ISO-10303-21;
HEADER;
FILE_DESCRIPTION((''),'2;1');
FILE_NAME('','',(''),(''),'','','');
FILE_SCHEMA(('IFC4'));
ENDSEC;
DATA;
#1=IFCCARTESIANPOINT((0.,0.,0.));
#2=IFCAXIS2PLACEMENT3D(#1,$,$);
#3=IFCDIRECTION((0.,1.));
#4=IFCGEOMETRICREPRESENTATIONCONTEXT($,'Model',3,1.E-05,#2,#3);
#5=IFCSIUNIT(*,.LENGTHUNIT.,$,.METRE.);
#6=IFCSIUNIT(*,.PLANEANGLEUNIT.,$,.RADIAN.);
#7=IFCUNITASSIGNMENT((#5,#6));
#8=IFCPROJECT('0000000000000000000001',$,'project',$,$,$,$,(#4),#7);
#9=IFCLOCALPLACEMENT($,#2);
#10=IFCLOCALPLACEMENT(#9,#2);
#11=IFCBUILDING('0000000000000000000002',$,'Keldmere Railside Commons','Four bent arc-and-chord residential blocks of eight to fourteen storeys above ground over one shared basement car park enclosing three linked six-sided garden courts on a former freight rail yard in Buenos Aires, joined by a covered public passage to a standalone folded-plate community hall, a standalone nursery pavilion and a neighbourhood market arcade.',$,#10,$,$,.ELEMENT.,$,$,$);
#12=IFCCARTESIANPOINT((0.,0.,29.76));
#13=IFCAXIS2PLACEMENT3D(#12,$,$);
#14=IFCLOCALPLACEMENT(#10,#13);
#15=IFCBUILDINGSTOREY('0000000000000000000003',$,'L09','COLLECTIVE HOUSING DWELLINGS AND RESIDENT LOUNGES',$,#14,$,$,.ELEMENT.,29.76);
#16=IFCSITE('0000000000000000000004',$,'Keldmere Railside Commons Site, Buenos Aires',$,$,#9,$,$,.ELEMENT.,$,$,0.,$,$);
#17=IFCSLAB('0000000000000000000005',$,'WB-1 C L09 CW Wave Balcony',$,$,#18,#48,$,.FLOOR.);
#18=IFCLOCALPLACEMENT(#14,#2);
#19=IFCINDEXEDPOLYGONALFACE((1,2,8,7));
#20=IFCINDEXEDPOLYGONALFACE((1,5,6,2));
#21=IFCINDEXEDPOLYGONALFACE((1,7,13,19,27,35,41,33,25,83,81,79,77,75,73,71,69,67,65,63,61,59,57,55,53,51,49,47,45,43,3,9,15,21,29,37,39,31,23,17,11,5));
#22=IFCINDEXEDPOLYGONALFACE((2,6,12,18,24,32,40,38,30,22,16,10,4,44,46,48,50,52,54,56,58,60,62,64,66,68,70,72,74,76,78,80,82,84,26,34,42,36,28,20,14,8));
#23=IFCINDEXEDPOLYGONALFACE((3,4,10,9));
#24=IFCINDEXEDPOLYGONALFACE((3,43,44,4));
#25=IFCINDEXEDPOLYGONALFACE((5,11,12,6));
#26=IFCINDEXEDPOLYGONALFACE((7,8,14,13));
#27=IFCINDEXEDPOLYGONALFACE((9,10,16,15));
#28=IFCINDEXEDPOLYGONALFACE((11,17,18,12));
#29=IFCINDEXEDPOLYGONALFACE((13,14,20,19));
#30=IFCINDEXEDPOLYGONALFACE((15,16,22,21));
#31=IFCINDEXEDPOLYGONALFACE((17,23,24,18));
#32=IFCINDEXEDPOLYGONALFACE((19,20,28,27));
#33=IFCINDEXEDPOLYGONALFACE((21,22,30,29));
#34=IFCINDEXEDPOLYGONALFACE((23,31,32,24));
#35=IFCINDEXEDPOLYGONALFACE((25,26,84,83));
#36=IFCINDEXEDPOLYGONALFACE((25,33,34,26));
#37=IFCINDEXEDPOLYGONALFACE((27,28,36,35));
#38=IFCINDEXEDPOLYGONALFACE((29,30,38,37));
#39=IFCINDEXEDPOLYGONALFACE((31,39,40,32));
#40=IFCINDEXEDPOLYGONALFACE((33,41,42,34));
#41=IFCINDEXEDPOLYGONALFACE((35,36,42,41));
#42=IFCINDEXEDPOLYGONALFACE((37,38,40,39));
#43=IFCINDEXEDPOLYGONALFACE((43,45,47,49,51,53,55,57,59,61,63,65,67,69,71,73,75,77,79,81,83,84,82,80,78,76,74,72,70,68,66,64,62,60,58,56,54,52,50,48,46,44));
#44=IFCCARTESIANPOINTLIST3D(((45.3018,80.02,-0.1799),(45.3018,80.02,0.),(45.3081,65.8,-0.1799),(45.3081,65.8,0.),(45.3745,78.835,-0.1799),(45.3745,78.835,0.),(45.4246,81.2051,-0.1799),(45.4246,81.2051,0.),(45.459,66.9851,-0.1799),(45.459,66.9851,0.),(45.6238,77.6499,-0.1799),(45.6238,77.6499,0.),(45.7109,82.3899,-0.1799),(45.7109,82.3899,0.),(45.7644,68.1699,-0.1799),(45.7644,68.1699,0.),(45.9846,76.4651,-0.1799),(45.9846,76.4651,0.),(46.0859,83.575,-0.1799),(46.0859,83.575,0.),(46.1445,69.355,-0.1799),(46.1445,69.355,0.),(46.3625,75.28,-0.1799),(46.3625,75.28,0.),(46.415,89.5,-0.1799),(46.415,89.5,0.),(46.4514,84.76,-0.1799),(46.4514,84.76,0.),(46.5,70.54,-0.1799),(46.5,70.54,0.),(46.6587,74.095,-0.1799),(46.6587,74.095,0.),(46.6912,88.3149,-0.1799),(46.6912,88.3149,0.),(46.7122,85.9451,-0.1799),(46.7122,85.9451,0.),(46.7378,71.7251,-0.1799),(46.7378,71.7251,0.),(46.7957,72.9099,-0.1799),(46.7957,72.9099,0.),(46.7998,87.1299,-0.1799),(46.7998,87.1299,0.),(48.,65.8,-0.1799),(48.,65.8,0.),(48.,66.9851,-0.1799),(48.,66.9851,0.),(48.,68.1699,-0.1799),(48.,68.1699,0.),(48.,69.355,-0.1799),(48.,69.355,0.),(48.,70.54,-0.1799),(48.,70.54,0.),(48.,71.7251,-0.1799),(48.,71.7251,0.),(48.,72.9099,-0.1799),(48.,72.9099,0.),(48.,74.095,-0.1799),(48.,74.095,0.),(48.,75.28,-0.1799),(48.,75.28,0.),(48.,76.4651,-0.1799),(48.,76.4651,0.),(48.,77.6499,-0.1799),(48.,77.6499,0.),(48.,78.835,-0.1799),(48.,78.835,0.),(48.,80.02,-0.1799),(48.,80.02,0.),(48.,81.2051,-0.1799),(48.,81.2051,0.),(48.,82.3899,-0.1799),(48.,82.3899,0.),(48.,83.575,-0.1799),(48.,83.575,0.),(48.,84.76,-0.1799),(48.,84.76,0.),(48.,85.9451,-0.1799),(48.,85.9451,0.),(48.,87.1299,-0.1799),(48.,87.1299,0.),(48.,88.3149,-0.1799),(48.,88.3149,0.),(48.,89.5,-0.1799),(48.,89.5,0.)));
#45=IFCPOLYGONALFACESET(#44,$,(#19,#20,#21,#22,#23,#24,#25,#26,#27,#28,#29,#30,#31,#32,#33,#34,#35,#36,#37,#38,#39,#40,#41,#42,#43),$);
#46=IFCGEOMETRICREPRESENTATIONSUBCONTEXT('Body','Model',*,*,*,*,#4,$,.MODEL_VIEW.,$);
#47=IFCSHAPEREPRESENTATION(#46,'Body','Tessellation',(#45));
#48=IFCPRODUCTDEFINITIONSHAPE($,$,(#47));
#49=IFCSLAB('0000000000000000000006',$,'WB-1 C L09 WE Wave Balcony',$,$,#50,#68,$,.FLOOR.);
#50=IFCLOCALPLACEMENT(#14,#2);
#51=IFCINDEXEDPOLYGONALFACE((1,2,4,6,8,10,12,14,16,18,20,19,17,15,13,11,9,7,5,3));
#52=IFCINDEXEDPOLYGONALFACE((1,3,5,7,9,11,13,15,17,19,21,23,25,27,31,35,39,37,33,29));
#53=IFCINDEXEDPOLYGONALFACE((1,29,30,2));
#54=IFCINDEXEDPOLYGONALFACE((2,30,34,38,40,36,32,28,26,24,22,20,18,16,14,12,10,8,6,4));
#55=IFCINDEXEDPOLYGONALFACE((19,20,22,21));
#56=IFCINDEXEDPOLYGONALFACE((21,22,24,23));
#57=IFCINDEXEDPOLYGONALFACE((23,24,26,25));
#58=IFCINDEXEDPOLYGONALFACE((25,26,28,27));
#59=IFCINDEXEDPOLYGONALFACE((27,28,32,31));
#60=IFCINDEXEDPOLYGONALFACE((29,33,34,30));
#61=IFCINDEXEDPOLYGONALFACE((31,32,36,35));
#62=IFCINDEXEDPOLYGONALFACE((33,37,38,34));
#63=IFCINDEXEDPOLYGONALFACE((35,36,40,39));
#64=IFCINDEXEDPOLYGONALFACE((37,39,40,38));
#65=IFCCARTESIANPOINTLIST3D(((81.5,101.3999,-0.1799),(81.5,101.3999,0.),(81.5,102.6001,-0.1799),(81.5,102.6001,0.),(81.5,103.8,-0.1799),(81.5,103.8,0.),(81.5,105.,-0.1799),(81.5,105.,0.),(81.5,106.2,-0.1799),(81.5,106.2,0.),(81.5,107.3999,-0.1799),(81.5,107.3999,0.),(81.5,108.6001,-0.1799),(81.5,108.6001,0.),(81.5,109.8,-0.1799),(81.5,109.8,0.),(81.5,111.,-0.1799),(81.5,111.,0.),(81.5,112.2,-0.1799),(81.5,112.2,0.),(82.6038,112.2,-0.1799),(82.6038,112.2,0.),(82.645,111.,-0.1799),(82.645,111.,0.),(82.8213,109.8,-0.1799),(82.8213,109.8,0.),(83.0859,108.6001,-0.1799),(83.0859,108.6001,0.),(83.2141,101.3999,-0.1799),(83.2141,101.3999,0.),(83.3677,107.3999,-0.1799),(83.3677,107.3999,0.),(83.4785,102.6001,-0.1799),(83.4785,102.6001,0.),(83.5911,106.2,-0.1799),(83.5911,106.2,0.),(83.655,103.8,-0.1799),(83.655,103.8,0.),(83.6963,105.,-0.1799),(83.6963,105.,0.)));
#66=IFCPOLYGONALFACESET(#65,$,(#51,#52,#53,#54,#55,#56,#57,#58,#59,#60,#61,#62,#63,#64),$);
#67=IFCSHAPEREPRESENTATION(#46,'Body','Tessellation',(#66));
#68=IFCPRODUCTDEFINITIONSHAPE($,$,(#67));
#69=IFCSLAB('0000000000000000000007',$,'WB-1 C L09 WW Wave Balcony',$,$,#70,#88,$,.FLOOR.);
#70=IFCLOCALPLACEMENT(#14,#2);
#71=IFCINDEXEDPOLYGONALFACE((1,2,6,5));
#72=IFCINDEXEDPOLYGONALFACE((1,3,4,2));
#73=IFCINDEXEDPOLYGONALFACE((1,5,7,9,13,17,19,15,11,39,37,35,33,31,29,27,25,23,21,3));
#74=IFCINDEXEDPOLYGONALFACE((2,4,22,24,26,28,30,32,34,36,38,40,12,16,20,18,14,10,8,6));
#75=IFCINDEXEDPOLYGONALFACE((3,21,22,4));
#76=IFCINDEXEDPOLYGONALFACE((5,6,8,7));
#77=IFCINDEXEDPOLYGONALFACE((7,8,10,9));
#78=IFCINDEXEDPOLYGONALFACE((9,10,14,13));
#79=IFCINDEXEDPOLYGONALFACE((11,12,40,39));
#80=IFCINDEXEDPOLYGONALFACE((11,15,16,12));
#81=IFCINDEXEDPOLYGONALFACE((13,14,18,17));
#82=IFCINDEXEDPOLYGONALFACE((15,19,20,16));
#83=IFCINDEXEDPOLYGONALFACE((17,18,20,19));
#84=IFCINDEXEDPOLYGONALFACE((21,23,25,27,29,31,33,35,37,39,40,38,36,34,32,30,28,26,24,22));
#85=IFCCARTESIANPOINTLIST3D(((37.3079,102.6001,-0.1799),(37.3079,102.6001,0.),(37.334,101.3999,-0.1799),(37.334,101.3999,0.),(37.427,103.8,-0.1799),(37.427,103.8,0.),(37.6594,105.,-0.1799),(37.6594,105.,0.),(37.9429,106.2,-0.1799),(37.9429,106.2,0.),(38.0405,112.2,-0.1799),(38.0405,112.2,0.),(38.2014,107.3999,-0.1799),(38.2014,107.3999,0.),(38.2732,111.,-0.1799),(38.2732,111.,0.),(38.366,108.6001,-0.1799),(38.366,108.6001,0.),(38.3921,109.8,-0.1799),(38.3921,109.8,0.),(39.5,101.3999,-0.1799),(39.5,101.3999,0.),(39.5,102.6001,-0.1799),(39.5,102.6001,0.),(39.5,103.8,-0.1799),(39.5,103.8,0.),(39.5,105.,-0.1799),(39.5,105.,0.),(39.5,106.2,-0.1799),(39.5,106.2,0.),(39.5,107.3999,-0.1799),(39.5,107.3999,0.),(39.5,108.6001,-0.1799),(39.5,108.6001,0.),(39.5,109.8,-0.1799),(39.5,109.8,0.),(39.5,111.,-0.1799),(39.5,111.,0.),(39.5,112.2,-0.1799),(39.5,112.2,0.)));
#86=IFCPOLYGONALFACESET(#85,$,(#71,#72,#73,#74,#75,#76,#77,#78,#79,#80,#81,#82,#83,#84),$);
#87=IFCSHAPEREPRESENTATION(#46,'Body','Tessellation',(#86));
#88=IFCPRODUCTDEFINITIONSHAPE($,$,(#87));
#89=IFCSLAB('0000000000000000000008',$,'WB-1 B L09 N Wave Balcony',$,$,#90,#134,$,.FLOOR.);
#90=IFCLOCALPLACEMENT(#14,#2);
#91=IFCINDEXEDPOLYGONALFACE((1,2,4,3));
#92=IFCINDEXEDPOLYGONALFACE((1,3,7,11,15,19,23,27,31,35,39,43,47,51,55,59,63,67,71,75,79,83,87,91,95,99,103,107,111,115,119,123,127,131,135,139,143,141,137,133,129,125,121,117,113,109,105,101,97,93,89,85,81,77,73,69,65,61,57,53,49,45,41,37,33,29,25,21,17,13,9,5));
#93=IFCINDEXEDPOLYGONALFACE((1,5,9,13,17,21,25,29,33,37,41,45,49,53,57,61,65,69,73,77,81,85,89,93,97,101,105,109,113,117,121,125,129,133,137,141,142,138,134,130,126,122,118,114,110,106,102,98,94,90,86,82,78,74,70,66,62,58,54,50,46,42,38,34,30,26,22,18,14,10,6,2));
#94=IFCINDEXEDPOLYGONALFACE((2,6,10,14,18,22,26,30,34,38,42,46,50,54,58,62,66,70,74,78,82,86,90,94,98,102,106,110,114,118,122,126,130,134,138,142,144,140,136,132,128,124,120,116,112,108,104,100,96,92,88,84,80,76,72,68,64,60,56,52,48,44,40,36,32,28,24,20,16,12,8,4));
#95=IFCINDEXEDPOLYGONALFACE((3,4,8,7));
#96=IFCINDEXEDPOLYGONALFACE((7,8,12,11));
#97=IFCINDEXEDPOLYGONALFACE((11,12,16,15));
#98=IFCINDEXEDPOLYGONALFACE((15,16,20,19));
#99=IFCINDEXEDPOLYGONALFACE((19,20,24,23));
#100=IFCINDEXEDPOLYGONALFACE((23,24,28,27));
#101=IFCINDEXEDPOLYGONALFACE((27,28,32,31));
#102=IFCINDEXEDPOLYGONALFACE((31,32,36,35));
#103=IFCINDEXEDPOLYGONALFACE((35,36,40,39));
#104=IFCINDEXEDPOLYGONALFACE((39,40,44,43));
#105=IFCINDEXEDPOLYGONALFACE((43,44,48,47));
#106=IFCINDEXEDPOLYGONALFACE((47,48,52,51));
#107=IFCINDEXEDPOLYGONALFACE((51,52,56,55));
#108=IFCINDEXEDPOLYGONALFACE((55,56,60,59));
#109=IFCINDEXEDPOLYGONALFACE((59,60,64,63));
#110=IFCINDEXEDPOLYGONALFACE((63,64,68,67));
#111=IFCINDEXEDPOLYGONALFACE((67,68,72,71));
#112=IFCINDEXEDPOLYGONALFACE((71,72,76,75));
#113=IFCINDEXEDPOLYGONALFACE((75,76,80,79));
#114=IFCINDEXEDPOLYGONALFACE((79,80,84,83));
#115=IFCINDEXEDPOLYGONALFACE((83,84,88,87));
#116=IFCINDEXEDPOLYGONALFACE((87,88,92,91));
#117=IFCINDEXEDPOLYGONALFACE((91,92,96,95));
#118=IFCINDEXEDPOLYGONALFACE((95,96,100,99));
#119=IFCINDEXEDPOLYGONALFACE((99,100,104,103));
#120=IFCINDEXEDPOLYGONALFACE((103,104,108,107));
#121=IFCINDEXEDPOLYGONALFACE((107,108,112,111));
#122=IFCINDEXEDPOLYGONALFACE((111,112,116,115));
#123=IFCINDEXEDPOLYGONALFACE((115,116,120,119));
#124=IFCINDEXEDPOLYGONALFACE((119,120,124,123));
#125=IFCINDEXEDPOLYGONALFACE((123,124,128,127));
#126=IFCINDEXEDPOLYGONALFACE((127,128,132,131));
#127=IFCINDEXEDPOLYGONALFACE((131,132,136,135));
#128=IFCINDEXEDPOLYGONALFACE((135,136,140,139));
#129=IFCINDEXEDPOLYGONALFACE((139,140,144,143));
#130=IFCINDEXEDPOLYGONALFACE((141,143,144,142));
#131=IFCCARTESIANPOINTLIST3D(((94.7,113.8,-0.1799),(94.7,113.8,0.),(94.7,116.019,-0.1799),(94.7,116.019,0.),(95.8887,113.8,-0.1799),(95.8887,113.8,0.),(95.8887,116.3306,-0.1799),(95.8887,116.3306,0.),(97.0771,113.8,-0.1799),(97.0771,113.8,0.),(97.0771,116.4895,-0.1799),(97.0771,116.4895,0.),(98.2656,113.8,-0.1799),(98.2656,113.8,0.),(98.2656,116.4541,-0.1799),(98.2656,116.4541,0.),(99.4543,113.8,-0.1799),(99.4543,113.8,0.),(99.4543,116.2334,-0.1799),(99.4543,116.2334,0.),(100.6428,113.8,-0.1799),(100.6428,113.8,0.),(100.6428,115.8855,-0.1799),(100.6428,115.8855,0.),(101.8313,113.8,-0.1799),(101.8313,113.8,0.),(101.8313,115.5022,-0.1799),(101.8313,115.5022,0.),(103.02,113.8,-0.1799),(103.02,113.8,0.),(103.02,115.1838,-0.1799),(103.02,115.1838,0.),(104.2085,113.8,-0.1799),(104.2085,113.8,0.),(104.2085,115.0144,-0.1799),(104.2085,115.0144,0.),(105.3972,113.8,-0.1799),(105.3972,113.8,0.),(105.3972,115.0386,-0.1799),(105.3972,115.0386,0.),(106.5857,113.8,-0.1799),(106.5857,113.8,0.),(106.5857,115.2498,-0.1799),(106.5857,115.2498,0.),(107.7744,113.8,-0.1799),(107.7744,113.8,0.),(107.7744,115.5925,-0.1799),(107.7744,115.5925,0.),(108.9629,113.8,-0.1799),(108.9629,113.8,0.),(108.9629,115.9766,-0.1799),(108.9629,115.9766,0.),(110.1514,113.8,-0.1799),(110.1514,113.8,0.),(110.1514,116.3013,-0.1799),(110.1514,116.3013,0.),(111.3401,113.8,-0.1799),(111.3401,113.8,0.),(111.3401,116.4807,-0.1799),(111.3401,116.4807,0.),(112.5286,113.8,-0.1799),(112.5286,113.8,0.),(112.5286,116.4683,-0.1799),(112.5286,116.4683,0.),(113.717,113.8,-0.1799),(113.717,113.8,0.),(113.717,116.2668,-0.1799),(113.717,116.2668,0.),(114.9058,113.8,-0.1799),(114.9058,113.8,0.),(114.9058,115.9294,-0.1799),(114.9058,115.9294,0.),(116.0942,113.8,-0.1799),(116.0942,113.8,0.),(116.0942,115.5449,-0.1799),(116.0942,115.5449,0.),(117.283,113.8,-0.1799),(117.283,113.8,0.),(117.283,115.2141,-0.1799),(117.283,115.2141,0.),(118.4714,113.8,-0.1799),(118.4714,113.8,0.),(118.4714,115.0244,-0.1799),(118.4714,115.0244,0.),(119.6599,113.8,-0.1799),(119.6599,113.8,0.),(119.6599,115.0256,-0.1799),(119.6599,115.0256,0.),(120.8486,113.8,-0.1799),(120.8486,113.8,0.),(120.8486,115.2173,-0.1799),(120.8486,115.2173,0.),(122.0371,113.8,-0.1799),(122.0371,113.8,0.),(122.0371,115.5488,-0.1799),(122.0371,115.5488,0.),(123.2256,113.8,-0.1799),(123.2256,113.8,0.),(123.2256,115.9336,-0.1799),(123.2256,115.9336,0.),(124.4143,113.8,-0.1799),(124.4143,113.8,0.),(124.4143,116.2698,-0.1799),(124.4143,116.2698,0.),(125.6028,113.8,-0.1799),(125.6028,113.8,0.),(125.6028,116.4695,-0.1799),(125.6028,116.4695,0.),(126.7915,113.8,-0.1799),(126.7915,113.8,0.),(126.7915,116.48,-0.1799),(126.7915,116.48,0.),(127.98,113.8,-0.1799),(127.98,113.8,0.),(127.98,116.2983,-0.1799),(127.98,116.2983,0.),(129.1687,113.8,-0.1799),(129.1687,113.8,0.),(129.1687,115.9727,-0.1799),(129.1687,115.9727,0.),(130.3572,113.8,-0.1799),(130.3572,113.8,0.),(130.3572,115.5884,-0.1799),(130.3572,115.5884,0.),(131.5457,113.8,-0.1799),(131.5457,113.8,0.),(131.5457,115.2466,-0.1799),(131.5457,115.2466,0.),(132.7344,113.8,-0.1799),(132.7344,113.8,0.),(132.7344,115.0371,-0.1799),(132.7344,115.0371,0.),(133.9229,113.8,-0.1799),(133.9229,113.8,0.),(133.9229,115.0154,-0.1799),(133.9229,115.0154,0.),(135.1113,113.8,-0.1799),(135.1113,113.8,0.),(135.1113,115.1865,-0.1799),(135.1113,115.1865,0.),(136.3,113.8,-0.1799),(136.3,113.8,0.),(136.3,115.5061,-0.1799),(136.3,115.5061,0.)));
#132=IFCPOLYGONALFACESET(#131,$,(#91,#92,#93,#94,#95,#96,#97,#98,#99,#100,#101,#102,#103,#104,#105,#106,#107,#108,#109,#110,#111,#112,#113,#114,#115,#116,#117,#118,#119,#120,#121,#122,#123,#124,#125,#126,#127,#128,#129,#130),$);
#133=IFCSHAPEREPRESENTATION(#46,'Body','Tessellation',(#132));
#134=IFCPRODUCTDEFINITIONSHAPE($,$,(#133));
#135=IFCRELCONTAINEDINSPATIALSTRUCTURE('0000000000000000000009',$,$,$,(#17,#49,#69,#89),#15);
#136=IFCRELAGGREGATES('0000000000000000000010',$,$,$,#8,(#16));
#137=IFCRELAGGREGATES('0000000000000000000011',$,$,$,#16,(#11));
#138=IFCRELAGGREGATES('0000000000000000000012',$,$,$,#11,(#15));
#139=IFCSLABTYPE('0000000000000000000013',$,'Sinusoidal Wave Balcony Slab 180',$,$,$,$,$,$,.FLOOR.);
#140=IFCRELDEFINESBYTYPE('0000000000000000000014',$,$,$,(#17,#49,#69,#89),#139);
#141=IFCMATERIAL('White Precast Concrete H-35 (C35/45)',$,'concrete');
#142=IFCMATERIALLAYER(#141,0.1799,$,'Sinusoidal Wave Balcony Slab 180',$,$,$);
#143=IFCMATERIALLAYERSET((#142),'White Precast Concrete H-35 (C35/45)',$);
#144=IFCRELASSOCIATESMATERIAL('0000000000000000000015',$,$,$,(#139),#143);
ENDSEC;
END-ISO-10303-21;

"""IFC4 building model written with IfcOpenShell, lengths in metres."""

from ifc_helpers import new_model, si_unit, direction, frame, origin, place, context, subcontext, project, spatial, polyline, outline, extrude, material, layer, layer_set, type_object, element, save


model = new_model("IFC4")

# Units and contexts
model_context = context("Model", 3, precision=1e-05, world=origin(), true_north=direction((0.0, 1.0)))
body_context = subcontext(model_context, "Body", "Model", "MODEL_VIEW")
ifc_project = project(units=[si_unit("LENGTHUNIT", "METRE"), si_unit("PLANEANGLEUNIT", "RADIAN")], contexts=[model_context])

# Site, building, storey
site_placement = place(None, origin())
site = spatial("IfcSite", under=ifc_project, at=site_placement, Name="Keldmere Railside Commons Site, Buenos Aires", CompositionType="ELEMENT", RefElevation=0.0)
building_placement = place(site_placement, origin())
building = spatial("IfcBuilding", under=site, at=building_placement, Name="Keldmere Railside Commons", Description="Four bent arc-and-chord residential blocks of eight to fourteen storeys above ground over one shared basement car park enclosing three linked six-sided garden courts on a former freight rail yard in Buenos Aires, joined by a covered public passage to a standalone folded-plate community hall, a standalone nursery pavilion and a neighbourhood market arcade.", CompositionType="ELEMENT")
storey_placement = place(building_placement, frame((0.0, 0.0, 29.76)))
storey = spatial("IfcBuildingStorey", under=building, at=storey_placement, Name="L09", Description="COLLECTIVE HOUSING DWELLINGS AND RESIDENT LOUNGES", CompositionType="ELEMENT", Elevation=29.76)

# Slabs
ifc_material_1 = material(Name="White Precast Concrete H-35 (C35/45)", Category="concrete")
ifc_layer_1 = layer(ifc_material_1, 0.1799, Name="Sinusoidal Wave Balcony Slab 180")
ifc_layer_set_1 = layer_set([ifc_layer_1], Name="White Precast Concrete H-35 (C35/45)")
slab_type_1 = type_object("IfcSlabType", Name="Sinusoidal Wave Balcony Slab 180", PredefinedType="FLOOR", material=ifc_layer_set_1)
slab_1_placement = place(storey_placement, frame((0.0, 0.0, -0.1799)))
element("IfcSlab", 1, at=slab_1_placement, inside=storey, type_object=slab_type_1, Name="WB-1 C L09 CW Wave Balcony", PredefinedType="FLOOR", context=body_context, shape_type="SweptSolid", body=[
    extrude(outline(polyline([(48.0, 65.8), (48.0, 66.9851), (48.0, 68.1699), (48.0, 69.355), (48.0, 70.54), (48.0, 71.7251), (48.0, 72.9099), (48.0, 74.095), (48.0, 75.28), (48.0, 76.4651), (48.0, 77.6499), (48.0, 78.835), (48.0, 80.02), (48.0, 81.2051), (48.0, 82.3899), (48.0, 83.575), (48.0, 84.76), (48.0, 85.9451), (48.0, 87.1299), (48.0, 88.3149), (48.0, 89.5), (46.415, 89.5), (46.6912, 88.3149), (46.7998, 87.1299), (46.7122, 85.9451), (46.4514, 84.76), (46.0859, 83.575), (45.7109, 82.3899), (45.4246, 81.2051), (45.3018, 80.02), (45.3745, 78.835), (45.6238, 77.6499), (45.9846, 76.4651), (46.3625, 75.28), (46.6587, 74.095), (46.7957, 72.9099), (46.7378, 71.7251), (46.5, 70.54), (46.1445, 69.355), (45.7644, 68.1699), (45.459, 66.9851), (45.3081, 65.8), (48.0, 65.8)])), origin(), (0.0, 0.0, 1.0), 0.1799),
])
slab_2_placement = place(storey_placement, frame((0.0, 0.0, -0.1799)))
element("IfcSlab", 2, at=slab_2_placement, inside=storey, type_object=slab_type_1, Name="WB-1 C L09 WE Wave Balcony", PredefinedType="FLOOR", context=body_context, shape_type="SweptSolid", body=[
    extrude(outline(polyline([(83.2141, 101.3999), (83.4785, 102.6001), (83.655, 103.8), (83.6963, 105.0), (83.5911, 106.2), (83.3677, 107.3999), (83.0859, 108.6001), (82.8213, 109.8), (82.645, 111.0), (82.6038, 112.2), (81.5, 112.2), (81.5, 111.0), (81.5, 109.8), (81.5, 108.6001), (81.5, 107.3999), (81.5, 106.2), (81.5, 105.0), (81.5, 103.8), (81.5, 102.6001), (81.5, 101.3999), (83.2141, 101.3999)])), origin(), (0.0, 0.0, 1.0), 0.1799),
])
slab_3_placement = place(storey_placement, frame((0.0, 0.0, -0.1799)))
element("IfcSlab", 3, at=slab_3_placement, inside=storey, type_object=slab_type_1, Name="WB-1 C L09 WW Wave Balcony", PredefinedType="FLOOR", context=body_context, shape_type="SweptSolid", body=[
    extrude(outline(polyline([(39.5, 101.3999), (39.5, 102.6001), (39.5, 103.8), (39.5, 105.0), (39.5, 106.2), (39.5, 107.3999), (39.5, 108.6001), (39.5, 109.8), (39.5, 111.0), (39.5, 112.2), (38.0405, 112.2), (38.2732, 111.0), (38.3921, 109.8), (38.366, 108.6001), (38.2014, 107.3999), (37.9429, 106.2), (37.6594, 105.0), (37.427, 103.8), (37.3079, 102.6001), (37.334, 101.3999), (39.5, 101.3999)])), origin(), (0.0, 0.0, 1.0), 0.1799),
])
slab_4_placement = place(storey_placement, frame((0.0, 0.0, -0.1799)))
element("IfcSlab", 4, at=slab_4_placement, inside=storey, type_object=slab_type_1, Name="WB-1 B L09 N Wave Balcony", PredefinedType="FLOOR", context=body_context, shape_type="SweptSolid", body=[
    extrude(outline(polyline([(94.7, 113.8), (95.8887, 113.8), (97.0771, 113.8), (98.2656, 113.8), (99.4543, 113.8), (100.6428, 113.8), (101.8313, 113.8), (103.02, 113.8), (104.2085, 113.8), (105.3972, 113.8), (106.5857, 113.8), (107.7744, 113.8), (108.9629, 113.8), (110.1514, 113.8), (111.3401, 113.8), (112.5286, 113.8), (113.717, 113.8), (114.9058, 113.8), (116.0942, 113.8), (117.283, 113.8), (118.4714, 113.8), (119.6599, 113.8), (120.8486, 113.8), (122.0371, 113.8), (123.2256, 113.8), (124.4143, 113.8), (125.6028, 113.8), (126.7915, 113.8), (127.98, 113.8), (129.1687, 113.8), (130.3572, 113.8), (131.5457, 113.8), (132.7344, 113.8), (133.9229, 113.8), (135.1113, 113.8), (136.3, 113.8), (136.3, 115.5061), (135.1113, 115.1865), (133.9229, 115.0154), (132.7344, 115.0371), (131.5457, 115.2466), (130.3572, 115.5884), (129.1687, 115.9727), (127.98, 116.2983), (126.7915, 116.48), (125.6028, 116.4695), (124.4143, 116.2698), (123.2256, 115.9336), (122.0371, 115.5488), (120.8486, 115.2173), (119.6599, 115.0256), (118.4714, 115.0244), (117.283, 115.2141), (116.0942, 115.5449), (114.9058, 115.9294), (113.717, 116.2668), (112.5286, 116.4683), (111.3401, 116.4807), (110.1514, 116.3013), (108.9629, 115.9766), (107.7744, 115.5925), (106.5857, 115.2498), (105.3972, 115.0386), (104.2085, 115.0144), (103.02, 115.1838), (101.8313, 115.5022), (100.6428, 115.8855), (99.4543, 116.2334), (98.2656, 116.4541), (97.0771, 116.4895), (95.8887, 116.3306), (94.7, 116.019), (94.7, 113.8)])), origin(), (0.0, 0.0, 1.0), 0.1799),
])

save(model, "model.ifc")
